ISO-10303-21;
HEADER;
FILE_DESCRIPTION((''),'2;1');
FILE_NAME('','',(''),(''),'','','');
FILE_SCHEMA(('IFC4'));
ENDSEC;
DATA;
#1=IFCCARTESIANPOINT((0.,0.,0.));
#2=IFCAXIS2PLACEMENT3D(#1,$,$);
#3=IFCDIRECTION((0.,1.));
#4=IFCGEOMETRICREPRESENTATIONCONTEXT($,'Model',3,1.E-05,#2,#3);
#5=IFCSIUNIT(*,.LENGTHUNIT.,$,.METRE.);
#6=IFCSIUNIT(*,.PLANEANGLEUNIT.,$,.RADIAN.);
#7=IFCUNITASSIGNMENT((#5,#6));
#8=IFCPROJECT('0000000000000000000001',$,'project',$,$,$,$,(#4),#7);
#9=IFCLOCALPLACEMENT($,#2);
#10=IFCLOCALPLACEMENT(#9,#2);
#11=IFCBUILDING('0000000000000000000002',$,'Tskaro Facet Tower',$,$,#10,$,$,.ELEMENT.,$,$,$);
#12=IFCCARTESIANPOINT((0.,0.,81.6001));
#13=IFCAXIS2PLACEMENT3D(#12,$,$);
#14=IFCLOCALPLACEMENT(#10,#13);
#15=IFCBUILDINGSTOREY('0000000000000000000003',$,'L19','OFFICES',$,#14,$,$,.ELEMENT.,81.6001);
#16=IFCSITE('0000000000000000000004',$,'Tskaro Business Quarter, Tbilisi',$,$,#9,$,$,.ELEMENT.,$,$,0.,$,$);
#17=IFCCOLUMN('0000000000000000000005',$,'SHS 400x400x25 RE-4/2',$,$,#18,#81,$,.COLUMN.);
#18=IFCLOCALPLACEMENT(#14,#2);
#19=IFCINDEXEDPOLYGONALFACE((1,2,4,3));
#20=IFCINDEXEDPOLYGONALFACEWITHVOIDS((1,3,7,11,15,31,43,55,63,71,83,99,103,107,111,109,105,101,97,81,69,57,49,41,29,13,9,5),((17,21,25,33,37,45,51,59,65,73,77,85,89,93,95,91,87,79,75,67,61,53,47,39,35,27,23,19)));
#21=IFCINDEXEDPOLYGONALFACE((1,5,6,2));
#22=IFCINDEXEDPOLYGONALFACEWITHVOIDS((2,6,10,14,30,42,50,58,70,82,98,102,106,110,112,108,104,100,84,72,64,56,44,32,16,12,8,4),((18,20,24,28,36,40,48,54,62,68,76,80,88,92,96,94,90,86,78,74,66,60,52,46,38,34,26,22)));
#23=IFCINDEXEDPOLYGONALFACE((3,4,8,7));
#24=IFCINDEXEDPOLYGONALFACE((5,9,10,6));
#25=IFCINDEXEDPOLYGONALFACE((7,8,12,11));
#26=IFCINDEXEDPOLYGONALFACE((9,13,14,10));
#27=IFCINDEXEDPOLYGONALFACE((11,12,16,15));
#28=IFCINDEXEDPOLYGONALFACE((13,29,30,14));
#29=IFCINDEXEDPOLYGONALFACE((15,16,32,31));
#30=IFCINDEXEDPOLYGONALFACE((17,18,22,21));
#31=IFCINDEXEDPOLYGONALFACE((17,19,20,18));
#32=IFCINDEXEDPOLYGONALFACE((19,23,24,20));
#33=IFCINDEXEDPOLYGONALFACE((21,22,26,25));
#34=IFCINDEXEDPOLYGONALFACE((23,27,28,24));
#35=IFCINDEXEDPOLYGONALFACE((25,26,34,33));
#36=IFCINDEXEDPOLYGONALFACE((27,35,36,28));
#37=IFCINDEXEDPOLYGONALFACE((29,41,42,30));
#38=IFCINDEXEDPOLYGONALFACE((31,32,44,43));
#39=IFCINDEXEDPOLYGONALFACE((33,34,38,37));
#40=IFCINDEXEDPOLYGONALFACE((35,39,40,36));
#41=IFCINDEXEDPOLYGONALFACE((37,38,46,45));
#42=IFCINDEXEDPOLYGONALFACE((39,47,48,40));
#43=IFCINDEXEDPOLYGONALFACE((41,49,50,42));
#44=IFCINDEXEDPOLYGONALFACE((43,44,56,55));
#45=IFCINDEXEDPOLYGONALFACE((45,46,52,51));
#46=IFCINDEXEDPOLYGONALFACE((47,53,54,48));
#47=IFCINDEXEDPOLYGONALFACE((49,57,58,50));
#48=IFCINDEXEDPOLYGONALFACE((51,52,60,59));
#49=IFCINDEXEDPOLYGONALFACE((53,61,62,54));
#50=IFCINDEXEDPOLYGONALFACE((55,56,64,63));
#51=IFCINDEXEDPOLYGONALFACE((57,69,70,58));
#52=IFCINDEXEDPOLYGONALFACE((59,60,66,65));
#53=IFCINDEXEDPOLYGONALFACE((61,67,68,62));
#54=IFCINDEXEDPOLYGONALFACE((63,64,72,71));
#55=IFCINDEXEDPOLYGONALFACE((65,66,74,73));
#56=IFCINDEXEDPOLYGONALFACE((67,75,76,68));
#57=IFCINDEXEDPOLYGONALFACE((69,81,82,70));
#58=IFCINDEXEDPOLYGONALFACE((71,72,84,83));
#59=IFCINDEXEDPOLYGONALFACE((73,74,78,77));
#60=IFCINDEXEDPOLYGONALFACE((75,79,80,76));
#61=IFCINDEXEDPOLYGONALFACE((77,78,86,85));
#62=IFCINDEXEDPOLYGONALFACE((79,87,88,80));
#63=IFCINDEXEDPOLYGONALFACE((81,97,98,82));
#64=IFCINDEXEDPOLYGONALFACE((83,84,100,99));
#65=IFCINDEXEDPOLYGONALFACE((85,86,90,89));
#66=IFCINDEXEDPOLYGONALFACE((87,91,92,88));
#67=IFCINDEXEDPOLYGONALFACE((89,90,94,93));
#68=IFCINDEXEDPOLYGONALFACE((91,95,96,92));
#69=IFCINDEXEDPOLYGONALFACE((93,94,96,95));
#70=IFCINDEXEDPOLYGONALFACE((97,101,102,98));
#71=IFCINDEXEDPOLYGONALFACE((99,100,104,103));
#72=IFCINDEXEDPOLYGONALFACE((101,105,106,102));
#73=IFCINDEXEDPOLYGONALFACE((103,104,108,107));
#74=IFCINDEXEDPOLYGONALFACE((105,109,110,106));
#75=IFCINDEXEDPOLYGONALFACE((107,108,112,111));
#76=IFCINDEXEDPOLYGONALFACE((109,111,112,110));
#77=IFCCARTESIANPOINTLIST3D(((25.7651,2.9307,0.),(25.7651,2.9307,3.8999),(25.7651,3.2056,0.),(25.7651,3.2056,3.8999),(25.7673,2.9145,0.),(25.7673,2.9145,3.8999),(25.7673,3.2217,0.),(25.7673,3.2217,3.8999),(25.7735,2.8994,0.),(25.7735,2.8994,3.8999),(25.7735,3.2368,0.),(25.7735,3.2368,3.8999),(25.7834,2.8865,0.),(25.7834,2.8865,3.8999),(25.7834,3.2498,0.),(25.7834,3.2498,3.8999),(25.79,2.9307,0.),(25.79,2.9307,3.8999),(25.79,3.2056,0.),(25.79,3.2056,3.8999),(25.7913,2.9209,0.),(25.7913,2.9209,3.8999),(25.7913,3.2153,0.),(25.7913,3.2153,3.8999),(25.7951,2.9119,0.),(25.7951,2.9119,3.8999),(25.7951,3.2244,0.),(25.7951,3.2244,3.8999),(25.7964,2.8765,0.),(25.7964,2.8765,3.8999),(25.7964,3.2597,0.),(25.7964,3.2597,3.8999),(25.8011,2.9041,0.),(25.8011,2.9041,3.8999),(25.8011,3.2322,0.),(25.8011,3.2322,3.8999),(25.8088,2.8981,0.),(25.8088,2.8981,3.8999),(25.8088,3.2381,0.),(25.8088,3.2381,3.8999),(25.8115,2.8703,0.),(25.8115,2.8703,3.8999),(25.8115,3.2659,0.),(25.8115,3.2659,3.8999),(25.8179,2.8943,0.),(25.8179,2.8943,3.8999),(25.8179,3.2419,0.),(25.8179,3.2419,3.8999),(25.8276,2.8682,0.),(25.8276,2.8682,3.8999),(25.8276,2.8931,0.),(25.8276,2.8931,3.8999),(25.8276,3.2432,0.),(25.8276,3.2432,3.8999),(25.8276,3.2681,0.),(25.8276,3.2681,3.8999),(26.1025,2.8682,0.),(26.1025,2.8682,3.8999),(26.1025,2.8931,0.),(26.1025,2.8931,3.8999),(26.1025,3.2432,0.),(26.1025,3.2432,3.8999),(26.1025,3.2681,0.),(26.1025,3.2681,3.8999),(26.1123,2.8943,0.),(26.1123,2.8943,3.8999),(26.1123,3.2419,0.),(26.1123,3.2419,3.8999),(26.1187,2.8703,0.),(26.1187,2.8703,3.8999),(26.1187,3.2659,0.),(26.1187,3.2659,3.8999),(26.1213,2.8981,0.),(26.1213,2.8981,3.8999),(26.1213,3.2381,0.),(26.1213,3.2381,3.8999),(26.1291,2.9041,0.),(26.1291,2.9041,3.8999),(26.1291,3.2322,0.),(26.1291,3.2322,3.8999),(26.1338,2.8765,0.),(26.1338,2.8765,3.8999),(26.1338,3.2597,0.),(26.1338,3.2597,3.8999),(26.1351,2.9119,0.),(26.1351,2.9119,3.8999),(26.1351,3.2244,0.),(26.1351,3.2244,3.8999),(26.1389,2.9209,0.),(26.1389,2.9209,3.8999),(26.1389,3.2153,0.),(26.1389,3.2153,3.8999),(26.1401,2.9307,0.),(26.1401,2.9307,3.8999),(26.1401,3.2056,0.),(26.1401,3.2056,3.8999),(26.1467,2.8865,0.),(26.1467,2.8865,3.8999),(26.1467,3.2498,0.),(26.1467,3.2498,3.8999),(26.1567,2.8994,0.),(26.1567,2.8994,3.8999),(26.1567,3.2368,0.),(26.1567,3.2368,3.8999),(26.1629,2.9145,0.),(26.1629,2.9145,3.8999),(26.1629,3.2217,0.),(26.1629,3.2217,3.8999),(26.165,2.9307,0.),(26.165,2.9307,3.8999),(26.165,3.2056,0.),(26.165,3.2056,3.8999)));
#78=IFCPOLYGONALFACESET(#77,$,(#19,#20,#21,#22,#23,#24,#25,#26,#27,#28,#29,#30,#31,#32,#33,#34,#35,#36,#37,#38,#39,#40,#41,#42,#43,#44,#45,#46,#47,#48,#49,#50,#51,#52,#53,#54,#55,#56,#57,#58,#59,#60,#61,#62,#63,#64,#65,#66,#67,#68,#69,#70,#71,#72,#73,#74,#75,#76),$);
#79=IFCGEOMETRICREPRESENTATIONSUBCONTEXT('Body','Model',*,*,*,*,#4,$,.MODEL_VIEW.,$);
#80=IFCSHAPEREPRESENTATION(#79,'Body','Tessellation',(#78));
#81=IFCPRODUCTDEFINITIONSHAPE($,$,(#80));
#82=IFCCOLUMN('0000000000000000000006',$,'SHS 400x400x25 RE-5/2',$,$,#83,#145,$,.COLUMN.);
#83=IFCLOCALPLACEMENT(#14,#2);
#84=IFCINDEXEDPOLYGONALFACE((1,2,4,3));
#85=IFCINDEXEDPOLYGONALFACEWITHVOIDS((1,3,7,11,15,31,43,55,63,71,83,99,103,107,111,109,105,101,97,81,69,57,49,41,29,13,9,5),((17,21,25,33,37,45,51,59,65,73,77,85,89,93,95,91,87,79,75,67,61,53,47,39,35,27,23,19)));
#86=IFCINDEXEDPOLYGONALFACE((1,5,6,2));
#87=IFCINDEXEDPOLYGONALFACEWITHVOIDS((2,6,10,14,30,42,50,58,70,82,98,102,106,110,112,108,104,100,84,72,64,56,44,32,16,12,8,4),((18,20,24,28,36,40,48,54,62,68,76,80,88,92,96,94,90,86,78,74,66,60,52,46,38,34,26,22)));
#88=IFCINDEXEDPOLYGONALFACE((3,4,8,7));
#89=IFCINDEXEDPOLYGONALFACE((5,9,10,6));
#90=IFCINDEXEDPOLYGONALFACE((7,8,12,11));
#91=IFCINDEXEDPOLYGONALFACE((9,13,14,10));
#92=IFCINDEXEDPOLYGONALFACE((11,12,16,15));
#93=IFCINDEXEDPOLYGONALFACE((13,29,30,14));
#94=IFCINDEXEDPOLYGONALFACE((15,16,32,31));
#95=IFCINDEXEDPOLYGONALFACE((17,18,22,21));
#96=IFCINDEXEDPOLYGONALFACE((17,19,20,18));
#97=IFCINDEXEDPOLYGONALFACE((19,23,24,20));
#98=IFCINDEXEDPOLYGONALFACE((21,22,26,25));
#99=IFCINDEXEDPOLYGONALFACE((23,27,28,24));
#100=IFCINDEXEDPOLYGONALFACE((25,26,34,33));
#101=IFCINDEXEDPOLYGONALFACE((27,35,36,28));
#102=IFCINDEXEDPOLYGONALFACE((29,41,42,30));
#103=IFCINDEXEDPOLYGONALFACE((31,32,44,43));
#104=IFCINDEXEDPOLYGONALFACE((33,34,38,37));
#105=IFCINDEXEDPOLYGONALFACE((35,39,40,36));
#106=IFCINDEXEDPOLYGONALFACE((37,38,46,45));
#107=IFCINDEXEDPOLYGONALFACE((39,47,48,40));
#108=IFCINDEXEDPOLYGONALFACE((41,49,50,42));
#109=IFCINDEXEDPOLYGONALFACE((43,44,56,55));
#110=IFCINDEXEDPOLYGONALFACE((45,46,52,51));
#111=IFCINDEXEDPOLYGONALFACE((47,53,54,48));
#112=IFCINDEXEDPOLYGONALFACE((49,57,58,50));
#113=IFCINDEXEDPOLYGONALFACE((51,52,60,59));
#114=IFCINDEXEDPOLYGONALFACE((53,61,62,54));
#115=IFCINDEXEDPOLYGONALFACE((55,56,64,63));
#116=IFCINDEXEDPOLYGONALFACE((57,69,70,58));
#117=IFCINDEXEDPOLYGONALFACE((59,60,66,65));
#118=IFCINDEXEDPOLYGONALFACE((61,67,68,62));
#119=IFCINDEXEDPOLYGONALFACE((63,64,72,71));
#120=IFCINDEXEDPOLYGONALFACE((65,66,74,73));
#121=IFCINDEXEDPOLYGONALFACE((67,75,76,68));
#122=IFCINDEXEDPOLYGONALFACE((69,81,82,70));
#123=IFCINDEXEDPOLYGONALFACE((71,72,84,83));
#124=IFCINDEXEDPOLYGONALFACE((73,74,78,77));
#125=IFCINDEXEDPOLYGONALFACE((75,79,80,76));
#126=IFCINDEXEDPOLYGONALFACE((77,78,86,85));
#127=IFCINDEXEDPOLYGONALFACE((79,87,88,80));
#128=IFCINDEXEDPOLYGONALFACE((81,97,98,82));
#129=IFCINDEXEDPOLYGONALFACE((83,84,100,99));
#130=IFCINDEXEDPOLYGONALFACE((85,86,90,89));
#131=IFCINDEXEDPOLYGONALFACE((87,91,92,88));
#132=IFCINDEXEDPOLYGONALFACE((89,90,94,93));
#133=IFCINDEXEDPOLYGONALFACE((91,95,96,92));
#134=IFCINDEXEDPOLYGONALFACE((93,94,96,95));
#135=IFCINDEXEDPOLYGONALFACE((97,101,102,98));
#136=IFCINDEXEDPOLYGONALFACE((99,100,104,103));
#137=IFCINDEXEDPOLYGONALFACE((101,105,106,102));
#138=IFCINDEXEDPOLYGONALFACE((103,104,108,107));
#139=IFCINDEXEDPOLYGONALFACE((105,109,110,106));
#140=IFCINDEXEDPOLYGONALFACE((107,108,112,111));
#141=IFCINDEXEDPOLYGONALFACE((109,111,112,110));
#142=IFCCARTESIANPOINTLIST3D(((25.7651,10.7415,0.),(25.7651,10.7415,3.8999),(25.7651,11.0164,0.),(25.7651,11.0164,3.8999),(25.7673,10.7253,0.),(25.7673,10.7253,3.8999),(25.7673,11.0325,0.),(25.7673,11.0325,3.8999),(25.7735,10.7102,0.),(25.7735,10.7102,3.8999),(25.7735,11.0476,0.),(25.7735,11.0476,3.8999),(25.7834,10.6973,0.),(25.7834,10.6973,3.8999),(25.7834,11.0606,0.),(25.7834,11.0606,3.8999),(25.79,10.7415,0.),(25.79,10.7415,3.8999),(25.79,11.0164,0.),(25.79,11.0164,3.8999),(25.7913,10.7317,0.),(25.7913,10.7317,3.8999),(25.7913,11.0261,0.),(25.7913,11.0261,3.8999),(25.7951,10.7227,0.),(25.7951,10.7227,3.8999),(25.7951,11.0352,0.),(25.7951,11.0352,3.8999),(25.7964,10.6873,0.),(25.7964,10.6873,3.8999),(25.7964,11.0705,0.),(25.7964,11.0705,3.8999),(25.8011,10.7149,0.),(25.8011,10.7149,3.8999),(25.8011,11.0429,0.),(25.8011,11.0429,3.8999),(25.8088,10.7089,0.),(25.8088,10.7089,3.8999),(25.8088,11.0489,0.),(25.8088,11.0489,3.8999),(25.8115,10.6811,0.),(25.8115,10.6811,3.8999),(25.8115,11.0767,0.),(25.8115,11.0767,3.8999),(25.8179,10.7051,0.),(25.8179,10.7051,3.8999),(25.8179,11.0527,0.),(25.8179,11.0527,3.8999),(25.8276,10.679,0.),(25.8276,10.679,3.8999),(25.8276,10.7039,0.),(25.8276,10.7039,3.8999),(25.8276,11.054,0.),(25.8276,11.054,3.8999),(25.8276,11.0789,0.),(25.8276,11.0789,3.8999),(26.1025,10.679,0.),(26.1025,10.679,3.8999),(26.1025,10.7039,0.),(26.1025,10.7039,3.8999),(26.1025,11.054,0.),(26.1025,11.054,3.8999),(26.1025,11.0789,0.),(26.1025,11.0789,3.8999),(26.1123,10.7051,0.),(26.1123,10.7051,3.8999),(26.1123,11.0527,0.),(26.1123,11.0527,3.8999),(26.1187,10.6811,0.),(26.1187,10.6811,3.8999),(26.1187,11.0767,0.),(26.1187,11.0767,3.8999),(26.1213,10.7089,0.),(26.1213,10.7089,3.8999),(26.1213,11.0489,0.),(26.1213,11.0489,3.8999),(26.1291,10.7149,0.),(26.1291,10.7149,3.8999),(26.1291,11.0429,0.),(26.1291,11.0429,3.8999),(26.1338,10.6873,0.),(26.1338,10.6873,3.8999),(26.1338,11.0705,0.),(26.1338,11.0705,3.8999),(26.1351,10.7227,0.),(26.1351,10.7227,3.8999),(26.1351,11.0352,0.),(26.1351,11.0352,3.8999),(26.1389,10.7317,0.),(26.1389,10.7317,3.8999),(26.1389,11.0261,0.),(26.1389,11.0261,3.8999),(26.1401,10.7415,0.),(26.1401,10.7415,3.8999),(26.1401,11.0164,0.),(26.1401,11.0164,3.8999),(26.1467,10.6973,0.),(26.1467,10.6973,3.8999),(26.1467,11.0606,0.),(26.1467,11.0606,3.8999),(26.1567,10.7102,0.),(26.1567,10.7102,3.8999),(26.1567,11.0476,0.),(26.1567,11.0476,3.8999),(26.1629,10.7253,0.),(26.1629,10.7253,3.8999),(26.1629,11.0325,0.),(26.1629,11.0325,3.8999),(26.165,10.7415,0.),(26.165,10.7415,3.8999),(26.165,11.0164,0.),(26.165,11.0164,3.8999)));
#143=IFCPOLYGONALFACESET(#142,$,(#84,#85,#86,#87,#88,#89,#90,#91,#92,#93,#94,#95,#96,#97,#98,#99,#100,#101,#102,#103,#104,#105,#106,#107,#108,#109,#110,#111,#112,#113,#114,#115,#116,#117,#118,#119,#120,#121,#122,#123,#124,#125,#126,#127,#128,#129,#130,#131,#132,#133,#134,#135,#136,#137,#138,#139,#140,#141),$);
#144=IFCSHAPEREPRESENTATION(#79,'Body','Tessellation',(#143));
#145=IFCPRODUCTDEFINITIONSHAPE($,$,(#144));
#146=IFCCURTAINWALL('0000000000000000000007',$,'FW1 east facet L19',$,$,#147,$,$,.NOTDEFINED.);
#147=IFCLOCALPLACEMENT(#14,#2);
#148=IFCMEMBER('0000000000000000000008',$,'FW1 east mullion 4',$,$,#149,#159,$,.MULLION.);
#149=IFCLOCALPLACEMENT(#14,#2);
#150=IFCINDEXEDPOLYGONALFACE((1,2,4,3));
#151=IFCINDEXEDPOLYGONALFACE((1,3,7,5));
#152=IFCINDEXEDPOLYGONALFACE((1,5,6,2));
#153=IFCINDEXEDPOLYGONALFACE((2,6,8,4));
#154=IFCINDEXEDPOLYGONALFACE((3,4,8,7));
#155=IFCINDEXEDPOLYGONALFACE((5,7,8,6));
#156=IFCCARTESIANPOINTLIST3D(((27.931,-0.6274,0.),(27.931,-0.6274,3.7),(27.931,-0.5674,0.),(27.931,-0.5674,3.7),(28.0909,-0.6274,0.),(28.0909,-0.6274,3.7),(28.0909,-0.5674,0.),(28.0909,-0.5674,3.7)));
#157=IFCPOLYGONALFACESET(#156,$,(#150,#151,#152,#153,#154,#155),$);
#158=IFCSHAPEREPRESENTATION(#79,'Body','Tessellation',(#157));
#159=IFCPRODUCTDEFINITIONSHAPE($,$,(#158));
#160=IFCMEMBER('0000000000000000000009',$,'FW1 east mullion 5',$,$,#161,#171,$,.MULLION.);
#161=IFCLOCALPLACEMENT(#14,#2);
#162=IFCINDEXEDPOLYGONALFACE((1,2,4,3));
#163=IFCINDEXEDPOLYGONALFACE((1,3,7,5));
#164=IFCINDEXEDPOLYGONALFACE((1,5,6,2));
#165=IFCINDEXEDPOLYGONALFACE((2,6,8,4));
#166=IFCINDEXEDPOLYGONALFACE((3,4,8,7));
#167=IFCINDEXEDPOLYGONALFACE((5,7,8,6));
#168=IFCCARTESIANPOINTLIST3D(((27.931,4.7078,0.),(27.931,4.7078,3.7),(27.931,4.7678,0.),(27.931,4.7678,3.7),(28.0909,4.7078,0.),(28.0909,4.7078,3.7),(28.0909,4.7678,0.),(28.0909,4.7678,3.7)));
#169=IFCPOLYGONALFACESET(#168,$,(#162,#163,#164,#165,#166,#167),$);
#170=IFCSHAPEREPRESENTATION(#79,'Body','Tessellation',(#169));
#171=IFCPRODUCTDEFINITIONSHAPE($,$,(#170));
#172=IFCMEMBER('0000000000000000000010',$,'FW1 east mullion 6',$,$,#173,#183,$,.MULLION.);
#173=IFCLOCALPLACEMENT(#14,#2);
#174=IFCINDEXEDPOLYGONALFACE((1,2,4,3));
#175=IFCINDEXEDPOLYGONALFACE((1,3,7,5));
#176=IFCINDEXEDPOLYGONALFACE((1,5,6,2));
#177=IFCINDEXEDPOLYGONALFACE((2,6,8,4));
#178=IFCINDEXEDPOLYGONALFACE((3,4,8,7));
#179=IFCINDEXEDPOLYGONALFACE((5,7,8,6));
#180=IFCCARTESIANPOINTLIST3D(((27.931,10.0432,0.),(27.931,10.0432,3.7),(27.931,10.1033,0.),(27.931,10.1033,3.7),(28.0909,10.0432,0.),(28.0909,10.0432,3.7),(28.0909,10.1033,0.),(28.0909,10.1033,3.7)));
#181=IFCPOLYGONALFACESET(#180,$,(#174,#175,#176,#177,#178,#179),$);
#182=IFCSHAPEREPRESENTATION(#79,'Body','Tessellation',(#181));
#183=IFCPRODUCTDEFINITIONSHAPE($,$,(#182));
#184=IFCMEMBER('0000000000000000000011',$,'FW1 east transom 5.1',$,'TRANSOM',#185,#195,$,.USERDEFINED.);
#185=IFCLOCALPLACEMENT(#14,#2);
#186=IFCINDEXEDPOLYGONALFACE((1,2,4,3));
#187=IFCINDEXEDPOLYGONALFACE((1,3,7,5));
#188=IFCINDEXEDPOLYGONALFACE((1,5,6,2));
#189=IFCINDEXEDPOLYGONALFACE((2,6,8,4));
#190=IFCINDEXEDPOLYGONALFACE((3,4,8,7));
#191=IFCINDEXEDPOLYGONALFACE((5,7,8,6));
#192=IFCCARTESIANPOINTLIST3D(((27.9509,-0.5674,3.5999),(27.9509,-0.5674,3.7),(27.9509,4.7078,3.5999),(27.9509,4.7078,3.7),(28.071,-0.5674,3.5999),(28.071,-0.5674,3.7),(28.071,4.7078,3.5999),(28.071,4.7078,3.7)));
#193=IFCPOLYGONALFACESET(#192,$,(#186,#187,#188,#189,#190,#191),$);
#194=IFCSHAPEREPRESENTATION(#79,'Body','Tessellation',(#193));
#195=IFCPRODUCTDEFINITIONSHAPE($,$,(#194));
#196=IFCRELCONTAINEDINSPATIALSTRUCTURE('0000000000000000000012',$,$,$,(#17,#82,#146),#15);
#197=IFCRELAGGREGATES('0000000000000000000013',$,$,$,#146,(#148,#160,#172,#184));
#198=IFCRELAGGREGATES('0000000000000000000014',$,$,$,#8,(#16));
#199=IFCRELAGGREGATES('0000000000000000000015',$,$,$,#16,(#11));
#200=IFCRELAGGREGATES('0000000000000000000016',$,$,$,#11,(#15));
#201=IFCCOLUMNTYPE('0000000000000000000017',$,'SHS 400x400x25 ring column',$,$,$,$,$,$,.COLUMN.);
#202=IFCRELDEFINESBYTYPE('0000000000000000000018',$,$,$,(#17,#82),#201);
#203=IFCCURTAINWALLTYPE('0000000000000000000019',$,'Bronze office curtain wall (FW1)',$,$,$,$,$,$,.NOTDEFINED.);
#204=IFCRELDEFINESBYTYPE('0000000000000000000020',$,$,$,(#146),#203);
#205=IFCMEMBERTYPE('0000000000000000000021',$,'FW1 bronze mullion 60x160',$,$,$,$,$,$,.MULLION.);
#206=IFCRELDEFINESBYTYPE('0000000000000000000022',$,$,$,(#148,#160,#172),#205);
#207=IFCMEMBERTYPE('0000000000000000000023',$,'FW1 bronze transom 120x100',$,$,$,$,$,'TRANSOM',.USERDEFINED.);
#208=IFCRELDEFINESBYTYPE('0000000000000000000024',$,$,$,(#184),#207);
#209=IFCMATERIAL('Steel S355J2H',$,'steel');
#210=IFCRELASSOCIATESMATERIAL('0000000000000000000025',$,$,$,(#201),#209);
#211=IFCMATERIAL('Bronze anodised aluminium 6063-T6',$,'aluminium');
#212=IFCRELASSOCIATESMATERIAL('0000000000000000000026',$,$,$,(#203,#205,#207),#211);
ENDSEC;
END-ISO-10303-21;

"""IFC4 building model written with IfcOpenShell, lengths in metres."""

from ifc_helpers import new_model, si_unit, direction, frame, origin, origin_2d, place, context, subcontext, project, spatial, rectangle, hollow_rectangle, extrude, material, material_profile, profile_set, type_object, element, aggregate, save


model = new_model("IFC4")

# Units and contexts
model_context = context("Model", 3, precision=1e-05, world=origin(), true_north=direction((0.0, 1.0)))
body_context = subcontext(model_context, "Body", "Model", "MODEL_VIEW")
ifc_project = project(units=[si_unit("LENGTHUNIT", "METRE"), si_unit("PLANEANGLEUNIT", "RADIAN")], contexts=[model_context])

# Site, building, storey
site_placement = place(None, origin())
site = spatial("IfcSite", under=ifc_project, at=site_placement, Name="Tskaro Business Quarter, Tbilisi", CompositionType="ELEMENT", RefElevation=0.0)
building_placement = place(site_placement, origin())
building = spatial("IfcBuilding", under=site, at=building_placement, Name="Tskaro Facet Tower", CompositionType="ELEMENT")
storey_placement = place(building_placement, frame((0.0, 0.0, 81.6001)))
storey = spatial("IfcBuildingStorey", under=building, at=storey_placement, Name="L19", Description="OFFICES", CompositionType="ELEMENT", Elevation=81.6001)

# Columns
ifc_material_1 = material(Name="Steel S355J2H", Category="steel")
ifc_material_profile_1 = material_profile(ifc_material_1, hollow_rectangle(XDim=0.3999, YDim=0.3999, WallThickness=0.0249, InnerFilletRadius=0.0376, OuterFilletRadius=0.0625, at=origin_2d()), Name="SHS 400x400x25")
ifc_profile_set_1 = profile_set([ifc_material_profile_1], Name="Steel S355J2H")
column_type_1 = type_object("IfcColumnType", Name="SHS 400x400x25 ring column", PredefinedType="COLUMN", material=ifc_profile_set_1)
for number, where, z_axis, x_axis, name in (
    (1, (25.9651, 3.0681, 0.0), (0.0, 0.0, 1.0), (1.0, 0.0, 0.0), "SHS 400x400x25 RE-4/2"),
    (2, (25.9651, 10.8789, 0.0), (0.0, 0.0, 1.0), (1.0, 0.0, 0.0), "SHS 400x400x25 RE-5/2"),
):
    element("IfcColumn", number, at=place(storey_placement, frame(where, z_axis=z_axis, x_axis=x_axis)), inside=storey, type_object=column_type_1, Name=name, PredefinedType="COLUMN", context=body_context, shape_type="SweptSolid", body=[
        extrude(hollow_rectangle(XDim=0.3999, YDim=0.3999, WallThickness=0.0249, InnerFilletRadius=0.0376, OuterFilletRadius=0.0625, at=origin_2d()), origin(), (0.0, 0.0, 1.0), 3.8999),
    ])

# Curtain wall, members
ifc_material_2 = material(Name="Bronze anodised aluminium 6063-T6", Category="aluminium")
curtain_wall_type = type_object("IfcCurtainWallType", Name="Bronze office curtain wall (FW1)", PredefinedType="NOTDEFINED", material=ifc_material_2)
curtain_wall_placement = place(storey_placement, origin())
curtain_wall = element("IfcCurtainWall", 3, at=curtain_wall_placement, inside=storey, type_object=curtain_wall_type, Name="FW1 east facet L19", PredefinedType="NOTDEFINED")
ifc_material_profile_2 = material_profile(ifc_material_2, rectangle(XDim=0.0601, YDim=0.1599, at=origin_2d()), Name="Mullion 60x160")
ifc_profile_set_2 = profile_set([ifc_material_profile_2], Name="Bronze anodised aluminium 6063-T6")
member_type_1 = type_object("IfcMemberType", Name="FW1 bronze mullion 60x160", PredefinedType="MULLION", material=ifc_profile_set_2)
member_1_placement = place(storey_placement, frame((28.011, -0.5974, 0.0), z_axis=(0.0, 0.0, 1.0), x_axis=(0.0, 1.0, 0.0)))
member_1 = element("IfcMember", 4, at=member_1_placement, type_object=member_type_1, Name="FW1 east mullion 4", PredefinedType="MULLION", context=body_context, shape_type="SweptSolid", body=[
    extrude(rectangle(XDim=0.0601, YDim=0.1599, at=origin_2d()), origin(), (0.0, 0.0, 1.0), 3.7),
])
member_2_placement = place(storey_placement, frame((28.011, 4.7378, 0.0), z_axis=(0.0, 0.0, 1.0), x_axis=(0.0, 1.0, 0.0)))
member_2 = element("IfcMember", 5, at=member_2_placement, type_object=member_type_1, Name="FW1 east mullion 5", PredefinedType="MULLION", context=body_context, shape_type="SweptSolid", body=[
    extrude(rectangle(XDim=0.0601, YDim=0.1599, at=origin_2d()), origin(), (0.0, 0.0, 1.0), 3.7),
])
member_3_placement = place(storey_placement, frame((28.011, 10.0732, 0.0), z_axis=(0.0, 0.0, 1.0), x_axis=(0.0, 1.0, 0.0)))
member_3 = element("IfcMember", 6, at=member_3_placement, type_object=member_type_1, Name="FW1 east mullion 6", PredefinedType="MULLION", context=body_context, shape_type="SweptSolid", body=[
    extrude(rectangle(XDim=0.0601, YDim=0.1599, at=origin_2d()), origin(), (0.0, 0.0, 1.0), 3.7),
])
ifc_material_profile_3 = material_profile(ifc_material_2, rectangle(XDim=0.1201, YDim=0.1001, at=origin_2d()), Name="Transom 120x100")
ifc_profile_set_3 = profile_set([ifc_material_profile_3], Name="Bronze anodised aluminium 6063-T6")
member_type_2 = type_object("IfcMemberType", Name="FW1 bronze transom 120x100", ElementType="TRANSOM", PredefinedType="USERDEFINED", material=ifc_profile_set_3)
member_4_placement = place(storey_placement, frame((28.011, -0.5674, 3.6499), z_axis=(0.0, 1.0, 0.0), x_axis=(-1.0, 0.0, 0.0)))
member_4 = element("IfcMember", 7, at=member_4_placement, type_object=member_type_2, Name="FW1 east transom 5.1", ObjectType="TRANSOM", PredefinedType="USERDEFINED", context=body_context, shape_type="SweptSolid", body=[
    extrude(rectangle(XDim=0.1201, YDim=0.1001, at=origin_2d()), origin(), (0.0, 0.0, 1.0), 5.2751),
])

aggregate(curtain_wall, [member_1, member_2, member_3, member_4])

save(model, "model.ifc")
